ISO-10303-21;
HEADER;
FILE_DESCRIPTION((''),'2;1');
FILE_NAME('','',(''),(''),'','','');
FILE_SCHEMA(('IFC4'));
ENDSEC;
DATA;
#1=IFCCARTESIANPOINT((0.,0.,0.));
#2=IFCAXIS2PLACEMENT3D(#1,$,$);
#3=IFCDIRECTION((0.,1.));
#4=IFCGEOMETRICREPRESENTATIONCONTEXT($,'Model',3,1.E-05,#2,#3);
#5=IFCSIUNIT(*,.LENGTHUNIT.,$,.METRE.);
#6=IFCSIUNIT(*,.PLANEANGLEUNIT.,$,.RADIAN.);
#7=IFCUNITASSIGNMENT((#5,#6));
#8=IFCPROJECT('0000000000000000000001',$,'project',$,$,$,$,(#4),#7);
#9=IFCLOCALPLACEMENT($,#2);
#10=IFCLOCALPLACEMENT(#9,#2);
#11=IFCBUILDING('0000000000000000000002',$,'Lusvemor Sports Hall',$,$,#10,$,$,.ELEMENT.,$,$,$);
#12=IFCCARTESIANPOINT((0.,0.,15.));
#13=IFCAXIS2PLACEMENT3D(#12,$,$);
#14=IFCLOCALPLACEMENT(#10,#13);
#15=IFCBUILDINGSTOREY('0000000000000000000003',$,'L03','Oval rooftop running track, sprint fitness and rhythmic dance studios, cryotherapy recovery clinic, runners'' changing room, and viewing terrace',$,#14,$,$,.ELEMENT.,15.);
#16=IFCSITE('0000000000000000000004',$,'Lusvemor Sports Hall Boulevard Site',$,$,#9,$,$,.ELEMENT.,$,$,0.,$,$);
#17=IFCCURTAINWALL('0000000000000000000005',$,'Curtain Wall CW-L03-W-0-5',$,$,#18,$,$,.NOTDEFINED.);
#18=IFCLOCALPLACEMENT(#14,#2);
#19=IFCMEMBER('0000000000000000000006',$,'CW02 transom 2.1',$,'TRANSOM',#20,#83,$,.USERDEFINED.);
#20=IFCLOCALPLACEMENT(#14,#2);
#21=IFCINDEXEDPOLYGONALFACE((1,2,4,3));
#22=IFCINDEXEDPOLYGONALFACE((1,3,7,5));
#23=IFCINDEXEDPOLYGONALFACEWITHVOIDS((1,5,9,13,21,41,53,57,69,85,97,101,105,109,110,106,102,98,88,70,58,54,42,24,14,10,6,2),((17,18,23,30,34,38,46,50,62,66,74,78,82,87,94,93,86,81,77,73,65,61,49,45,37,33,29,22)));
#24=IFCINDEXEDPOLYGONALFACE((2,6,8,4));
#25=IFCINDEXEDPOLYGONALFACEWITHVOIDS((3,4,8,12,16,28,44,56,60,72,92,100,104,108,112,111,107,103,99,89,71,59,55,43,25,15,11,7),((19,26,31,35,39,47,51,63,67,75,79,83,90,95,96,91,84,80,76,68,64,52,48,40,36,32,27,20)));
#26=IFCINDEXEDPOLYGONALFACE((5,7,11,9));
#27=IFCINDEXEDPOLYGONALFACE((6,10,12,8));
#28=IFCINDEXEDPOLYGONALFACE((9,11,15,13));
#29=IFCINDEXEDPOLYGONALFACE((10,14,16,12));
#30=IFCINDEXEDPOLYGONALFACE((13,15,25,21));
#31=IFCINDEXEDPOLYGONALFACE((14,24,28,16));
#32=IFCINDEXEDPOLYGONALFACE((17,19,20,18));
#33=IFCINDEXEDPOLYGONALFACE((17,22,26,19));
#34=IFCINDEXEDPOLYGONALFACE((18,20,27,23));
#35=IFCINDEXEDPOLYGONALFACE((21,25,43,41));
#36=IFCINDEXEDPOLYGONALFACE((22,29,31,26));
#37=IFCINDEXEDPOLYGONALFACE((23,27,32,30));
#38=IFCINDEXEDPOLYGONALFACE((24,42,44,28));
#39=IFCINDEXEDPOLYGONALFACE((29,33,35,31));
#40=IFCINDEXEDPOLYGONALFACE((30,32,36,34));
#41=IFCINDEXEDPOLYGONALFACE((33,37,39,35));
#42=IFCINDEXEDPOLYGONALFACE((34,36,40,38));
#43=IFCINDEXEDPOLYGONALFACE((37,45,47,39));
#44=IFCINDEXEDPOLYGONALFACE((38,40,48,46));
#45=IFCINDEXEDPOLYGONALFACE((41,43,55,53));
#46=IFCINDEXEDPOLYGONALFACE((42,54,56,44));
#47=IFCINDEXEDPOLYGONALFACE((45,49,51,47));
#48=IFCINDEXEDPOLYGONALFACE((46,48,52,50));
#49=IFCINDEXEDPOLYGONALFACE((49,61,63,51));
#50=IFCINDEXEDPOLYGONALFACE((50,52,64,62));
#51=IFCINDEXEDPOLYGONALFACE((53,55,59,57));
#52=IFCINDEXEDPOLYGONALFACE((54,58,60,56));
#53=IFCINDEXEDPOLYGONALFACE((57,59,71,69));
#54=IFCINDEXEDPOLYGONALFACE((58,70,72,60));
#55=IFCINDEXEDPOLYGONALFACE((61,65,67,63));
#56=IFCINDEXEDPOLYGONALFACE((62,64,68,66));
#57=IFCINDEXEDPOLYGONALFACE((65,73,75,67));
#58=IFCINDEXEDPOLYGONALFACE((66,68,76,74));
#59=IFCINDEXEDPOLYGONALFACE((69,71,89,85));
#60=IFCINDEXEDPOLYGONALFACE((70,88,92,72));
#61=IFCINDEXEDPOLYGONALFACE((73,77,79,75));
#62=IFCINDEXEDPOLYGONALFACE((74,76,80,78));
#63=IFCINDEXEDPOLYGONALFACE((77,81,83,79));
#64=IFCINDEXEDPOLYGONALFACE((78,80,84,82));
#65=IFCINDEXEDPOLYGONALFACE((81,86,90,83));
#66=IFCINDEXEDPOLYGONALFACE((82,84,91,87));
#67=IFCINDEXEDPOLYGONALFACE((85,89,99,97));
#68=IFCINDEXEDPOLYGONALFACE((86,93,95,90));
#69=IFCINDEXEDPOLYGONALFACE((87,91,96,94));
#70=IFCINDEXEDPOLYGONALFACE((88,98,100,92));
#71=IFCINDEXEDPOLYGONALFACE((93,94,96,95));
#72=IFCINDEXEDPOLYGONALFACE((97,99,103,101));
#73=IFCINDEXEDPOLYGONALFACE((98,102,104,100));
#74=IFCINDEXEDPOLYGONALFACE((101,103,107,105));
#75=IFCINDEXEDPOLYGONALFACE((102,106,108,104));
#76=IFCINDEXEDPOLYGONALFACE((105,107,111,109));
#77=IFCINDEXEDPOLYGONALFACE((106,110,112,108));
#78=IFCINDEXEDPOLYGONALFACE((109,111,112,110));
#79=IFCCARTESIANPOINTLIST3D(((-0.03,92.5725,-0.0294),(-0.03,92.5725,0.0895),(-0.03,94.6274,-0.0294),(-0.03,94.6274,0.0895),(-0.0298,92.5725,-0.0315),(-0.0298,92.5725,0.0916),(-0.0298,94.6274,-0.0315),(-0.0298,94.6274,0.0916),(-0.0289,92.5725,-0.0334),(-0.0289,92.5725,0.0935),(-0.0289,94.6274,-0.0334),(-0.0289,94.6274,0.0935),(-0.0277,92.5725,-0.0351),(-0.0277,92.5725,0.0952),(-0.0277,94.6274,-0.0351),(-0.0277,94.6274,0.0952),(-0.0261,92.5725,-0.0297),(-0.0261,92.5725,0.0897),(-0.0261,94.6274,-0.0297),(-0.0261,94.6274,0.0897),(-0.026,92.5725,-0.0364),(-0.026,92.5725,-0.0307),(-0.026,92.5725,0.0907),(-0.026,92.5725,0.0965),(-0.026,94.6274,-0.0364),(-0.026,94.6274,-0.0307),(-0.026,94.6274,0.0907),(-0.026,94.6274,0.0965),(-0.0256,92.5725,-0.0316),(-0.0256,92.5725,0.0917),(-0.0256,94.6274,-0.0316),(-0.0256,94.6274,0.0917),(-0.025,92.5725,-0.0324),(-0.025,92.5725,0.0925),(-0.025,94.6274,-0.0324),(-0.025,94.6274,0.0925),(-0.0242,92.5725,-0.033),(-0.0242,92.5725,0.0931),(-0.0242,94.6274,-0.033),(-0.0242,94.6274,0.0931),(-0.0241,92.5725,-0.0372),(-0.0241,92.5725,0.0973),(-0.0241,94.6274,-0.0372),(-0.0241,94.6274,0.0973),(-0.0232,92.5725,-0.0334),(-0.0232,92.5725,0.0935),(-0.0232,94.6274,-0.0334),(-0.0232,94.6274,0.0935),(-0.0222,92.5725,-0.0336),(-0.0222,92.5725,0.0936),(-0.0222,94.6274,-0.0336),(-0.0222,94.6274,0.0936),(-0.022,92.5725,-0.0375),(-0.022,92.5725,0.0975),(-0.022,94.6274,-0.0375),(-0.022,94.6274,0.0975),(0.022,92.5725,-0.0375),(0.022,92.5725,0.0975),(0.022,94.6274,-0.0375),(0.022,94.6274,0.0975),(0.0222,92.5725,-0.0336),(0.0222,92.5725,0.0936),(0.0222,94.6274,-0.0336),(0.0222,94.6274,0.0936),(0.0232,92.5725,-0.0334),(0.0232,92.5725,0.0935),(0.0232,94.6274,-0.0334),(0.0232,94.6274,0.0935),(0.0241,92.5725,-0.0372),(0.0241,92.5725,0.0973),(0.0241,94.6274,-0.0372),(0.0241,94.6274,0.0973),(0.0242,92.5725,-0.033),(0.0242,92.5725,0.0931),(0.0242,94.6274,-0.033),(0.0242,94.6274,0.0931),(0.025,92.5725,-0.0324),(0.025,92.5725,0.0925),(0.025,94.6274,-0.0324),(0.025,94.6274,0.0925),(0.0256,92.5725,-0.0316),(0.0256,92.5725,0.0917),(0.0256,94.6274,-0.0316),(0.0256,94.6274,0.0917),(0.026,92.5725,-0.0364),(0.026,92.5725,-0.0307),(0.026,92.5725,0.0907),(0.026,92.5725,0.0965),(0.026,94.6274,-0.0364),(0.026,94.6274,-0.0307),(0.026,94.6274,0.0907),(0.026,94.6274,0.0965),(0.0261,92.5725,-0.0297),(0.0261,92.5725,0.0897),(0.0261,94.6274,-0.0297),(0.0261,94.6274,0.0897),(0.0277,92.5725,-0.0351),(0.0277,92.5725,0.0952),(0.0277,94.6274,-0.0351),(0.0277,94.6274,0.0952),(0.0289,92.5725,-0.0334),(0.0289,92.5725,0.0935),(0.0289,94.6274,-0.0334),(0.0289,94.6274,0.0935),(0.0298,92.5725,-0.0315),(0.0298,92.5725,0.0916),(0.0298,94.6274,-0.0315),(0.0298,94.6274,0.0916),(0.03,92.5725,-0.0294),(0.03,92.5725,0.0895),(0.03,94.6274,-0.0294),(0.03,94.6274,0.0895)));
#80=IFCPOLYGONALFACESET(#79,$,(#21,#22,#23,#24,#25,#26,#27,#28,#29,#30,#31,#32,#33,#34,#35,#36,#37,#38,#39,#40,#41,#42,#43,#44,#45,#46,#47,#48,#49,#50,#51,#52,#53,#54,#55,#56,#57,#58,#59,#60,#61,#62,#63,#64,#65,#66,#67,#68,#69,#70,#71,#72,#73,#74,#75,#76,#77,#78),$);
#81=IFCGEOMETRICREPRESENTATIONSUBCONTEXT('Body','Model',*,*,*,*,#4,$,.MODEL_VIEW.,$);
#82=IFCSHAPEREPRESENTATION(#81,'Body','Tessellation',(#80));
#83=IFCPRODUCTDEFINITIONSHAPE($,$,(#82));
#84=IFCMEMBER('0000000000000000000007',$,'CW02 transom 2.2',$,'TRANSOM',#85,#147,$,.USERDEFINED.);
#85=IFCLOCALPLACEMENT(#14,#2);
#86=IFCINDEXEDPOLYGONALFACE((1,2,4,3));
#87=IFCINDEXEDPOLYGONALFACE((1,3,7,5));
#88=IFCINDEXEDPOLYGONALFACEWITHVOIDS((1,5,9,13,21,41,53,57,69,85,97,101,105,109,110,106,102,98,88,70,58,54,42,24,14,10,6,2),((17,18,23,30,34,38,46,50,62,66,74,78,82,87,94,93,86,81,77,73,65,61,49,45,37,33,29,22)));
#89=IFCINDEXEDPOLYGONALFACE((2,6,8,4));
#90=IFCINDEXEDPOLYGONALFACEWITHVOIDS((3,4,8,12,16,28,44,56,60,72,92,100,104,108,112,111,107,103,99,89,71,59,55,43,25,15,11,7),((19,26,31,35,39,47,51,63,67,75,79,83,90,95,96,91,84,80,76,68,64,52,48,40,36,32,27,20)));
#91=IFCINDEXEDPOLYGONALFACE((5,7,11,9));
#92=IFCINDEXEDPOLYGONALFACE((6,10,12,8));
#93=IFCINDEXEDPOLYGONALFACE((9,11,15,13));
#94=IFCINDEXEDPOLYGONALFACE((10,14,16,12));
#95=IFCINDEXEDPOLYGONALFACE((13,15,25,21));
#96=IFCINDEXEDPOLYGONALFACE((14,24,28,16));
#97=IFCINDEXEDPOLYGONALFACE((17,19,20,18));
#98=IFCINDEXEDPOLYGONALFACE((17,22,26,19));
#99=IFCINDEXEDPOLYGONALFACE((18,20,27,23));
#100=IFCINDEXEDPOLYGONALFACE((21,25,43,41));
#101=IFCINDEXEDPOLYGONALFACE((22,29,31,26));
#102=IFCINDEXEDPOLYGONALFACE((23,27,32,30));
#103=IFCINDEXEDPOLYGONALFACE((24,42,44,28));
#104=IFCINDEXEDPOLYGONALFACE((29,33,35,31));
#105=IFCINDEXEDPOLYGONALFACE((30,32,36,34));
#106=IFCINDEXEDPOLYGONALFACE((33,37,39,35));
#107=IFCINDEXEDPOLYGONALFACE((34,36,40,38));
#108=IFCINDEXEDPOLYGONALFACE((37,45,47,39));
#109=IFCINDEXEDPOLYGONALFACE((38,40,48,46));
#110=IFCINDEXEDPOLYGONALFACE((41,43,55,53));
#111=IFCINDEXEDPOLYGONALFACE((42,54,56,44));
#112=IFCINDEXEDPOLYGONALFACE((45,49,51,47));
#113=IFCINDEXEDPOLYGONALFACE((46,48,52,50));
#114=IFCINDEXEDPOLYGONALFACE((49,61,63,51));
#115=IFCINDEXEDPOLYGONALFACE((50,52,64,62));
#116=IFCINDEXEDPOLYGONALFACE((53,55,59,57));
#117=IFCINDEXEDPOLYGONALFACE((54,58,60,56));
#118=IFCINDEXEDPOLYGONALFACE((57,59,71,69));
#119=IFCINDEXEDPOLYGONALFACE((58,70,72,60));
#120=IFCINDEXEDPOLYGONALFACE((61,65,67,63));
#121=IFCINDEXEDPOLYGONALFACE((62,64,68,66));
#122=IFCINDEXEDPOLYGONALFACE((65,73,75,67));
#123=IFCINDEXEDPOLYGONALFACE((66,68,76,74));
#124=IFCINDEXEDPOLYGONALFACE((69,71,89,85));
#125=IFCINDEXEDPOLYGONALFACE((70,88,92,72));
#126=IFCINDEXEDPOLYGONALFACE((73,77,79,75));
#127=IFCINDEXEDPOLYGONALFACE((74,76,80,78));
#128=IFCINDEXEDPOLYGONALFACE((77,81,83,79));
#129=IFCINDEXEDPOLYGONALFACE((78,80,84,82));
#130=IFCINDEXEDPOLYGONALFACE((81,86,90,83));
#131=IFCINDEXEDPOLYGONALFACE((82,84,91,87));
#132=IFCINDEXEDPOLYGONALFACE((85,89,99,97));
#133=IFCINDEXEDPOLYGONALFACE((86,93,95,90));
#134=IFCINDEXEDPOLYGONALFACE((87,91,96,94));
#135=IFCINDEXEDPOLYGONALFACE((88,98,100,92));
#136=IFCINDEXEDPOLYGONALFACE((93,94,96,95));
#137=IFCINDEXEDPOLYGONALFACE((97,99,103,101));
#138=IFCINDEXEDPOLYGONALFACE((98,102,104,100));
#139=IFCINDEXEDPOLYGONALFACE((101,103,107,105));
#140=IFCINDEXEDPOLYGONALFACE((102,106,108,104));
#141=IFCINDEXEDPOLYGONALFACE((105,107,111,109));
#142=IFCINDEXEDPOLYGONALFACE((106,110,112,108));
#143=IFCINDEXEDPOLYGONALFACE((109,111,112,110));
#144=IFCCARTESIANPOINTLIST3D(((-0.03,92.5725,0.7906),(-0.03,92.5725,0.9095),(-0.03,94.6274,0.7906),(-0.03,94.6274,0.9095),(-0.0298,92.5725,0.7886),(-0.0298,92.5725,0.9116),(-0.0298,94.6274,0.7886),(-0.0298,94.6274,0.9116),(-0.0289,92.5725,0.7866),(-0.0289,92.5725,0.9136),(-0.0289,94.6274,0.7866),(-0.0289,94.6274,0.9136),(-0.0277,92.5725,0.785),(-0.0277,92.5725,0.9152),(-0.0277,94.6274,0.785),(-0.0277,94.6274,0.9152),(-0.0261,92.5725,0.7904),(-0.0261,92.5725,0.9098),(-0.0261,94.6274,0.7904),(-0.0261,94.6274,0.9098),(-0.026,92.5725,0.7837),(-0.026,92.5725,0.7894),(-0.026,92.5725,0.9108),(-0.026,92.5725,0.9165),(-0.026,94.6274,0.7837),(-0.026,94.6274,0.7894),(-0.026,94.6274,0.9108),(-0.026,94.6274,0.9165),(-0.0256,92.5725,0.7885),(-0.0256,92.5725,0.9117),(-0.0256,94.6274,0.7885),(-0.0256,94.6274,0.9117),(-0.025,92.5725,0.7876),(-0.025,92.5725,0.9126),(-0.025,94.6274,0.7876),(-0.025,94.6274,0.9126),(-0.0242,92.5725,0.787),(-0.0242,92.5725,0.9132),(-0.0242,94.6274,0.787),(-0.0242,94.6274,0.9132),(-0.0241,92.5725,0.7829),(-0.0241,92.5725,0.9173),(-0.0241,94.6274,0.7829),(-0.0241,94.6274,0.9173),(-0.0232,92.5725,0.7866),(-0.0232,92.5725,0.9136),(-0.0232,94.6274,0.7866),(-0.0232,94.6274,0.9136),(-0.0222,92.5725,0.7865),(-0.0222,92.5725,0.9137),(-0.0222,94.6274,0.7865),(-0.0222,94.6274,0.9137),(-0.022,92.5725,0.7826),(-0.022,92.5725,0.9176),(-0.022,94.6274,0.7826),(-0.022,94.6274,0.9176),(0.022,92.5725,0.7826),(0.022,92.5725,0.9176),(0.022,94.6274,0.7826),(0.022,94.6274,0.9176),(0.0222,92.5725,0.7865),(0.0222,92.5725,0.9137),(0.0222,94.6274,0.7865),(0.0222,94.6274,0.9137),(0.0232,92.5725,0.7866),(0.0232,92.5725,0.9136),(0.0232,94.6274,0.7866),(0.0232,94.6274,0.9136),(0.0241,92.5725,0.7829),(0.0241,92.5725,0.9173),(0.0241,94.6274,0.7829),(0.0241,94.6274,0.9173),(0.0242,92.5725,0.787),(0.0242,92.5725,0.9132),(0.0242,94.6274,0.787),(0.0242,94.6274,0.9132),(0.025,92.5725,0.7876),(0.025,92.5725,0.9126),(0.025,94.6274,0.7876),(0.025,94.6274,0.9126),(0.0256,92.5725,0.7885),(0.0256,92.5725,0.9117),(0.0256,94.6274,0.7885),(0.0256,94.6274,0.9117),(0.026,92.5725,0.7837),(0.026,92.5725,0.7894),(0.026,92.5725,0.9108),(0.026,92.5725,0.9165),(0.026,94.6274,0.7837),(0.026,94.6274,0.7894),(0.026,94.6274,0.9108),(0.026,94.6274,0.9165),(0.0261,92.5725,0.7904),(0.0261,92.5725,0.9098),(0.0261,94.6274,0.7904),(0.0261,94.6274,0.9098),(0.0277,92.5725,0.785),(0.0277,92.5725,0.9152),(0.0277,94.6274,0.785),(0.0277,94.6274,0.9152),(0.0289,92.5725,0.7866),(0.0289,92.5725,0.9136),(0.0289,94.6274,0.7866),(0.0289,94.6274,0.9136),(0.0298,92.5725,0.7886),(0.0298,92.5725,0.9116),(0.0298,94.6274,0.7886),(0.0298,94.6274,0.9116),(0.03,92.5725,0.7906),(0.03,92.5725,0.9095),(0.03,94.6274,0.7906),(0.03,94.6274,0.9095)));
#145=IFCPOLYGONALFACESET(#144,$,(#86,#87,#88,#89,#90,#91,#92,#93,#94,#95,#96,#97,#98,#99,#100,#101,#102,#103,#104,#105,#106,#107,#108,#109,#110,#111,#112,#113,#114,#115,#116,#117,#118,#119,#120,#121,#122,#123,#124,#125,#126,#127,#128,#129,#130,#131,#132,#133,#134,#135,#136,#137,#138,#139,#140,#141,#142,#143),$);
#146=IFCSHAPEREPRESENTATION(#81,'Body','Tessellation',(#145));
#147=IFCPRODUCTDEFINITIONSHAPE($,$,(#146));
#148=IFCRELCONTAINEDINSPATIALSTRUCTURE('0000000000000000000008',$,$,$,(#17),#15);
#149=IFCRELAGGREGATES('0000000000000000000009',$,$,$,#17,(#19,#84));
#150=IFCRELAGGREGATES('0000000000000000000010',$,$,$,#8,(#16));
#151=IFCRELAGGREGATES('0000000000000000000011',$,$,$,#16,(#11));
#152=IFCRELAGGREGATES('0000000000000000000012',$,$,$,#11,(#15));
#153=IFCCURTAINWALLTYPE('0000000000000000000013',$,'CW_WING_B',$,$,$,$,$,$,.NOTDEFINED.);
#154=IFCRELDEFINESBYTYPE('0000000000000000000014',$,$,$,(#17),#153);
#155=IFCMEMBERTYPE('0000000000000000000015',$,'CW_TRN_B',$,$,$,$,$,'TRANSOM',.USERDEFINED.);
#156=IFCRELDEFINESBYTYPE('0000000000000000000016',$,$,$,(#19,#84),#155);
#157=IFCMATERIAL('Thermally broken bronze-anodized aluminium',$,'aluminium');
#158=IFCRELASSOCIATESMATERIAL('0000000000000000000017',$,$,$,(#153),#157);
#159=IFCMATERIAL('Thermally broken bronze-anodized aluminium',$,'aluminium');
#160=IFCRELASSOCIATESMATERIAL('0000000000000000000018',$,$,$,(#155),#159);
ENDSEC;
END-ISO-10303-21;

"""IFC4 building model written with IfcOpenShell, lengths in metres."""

from ifc_helpers import new_model, si_unit, direction, frame, origin, origin_2d, place, context, subcontext, project, spatial, hollow_rectangle, extrude, material, material_profile, profile_set, type_object, element, aggregate, save


model = new_model("IFC4")

# Units and contexts
model_context = context("Model", 3, precision=1e-05, world=origin(), true_north=direction((0.0, 1.0)))
body_context = subcontext(model_context, "Body", "Model", "MODEL_VIEW")
ifc_project = project(units=[si_unit("LENGTHUNIT", "METRE"), si_unit("PLANEANGLEUNIT", "RADIAN")], contexts=[model_context])

# Site, building, storey
site_placement = place(None, origin())
site = spatial("IfcSite", under=ifc_project, at=site_placement, Name="Lusvemor Sports Hall Boulevard Site", CompositionType="ELEMENT", RefElevation=0.0)
building_placement = place(site_placement, origin())
building = spatial("IfcBuilding", under=site, at=building_placement, Name="Lusvemor Sports Hall", CompositionType="ELEMENT")
storey_placement = place(building_placement, frame((0.0, 0.0, 15.0)))
storey = spatial("IfcBuildingStorey", under=building, at=storey_placement, Name="L03", Description="Oval rooftop running track, sprint fitness and rhythmic dance studios, cryotherapy recovery clinic, runners' changing room, and viewing terrace", CompositionType="ELEMENT", Elevation=15.0)

# Curtain wall, members
ifc_material_1 = material(Name="Thermally broken bronze-anodized aluminium", Category="aluminium")
curtain_wall_type = type_object("IfcCurtainWallType", Name="CW_WING_B", PredefinedType="NOTDEFINED", material=ifc_material_1)
curtain_wall_placement = place(storey_placement, origin())
curtain_wall = element("IfcCurtainWall", 1, at=curtain_wall_placement, inside=storey, type_object=curtain_wall_type, Name="Curtain Wall CW-L03-W-0-5", PredefinedType="NOTDEFINED")
ifc_material_2 = material(Name="Thermally broken bronze-anodized aluminium", Category="aluminium")
ifc_material_profile_1 = material_profile(ifc_material_2, hollow_rectangle(XDim=0.0601, YDim=0.135, WallThickness=0.0039, InnerFilletRadius=0.0039, OuterFilletRadius=0.0081, at=origin_2d()), Name="CWTRN135x60x4")
ifc_profile_set_1 = profile_set([ifc_material_profile_1], Name="Thermally broken bronze-anodized aluminium")
member_type_1 = type_object("IfcMemberType", Name="CW_TRN_B", ElementType="TRANSOM", PredefinedType="USERDEFINED", material=ifc_profile_set_1)
member_1_placement = place(storey_placement, frame((0.0, 92.5725, 0.03), z_axis=(0.0, 1.0, 0.0), x_axis=(-1.0, 0.0, 0.0)))
member_1 = element("IfcMember", 2, at=member_1_placement, type_object=member_type_1, Name="CW02 transom 2.1", ObjectType="TRANSOM", PredefinedType="USERDEFINED", context=body_context, shape_type="SweptSolid", body=[
    extrude(hollow_rectangle(XDim=0.0601, YDim=0.135, WallThickness=0.0039, InnerFilletRadius=0.0039, OuterFilletRadius=0.0081, at=origin_2d()), origin(), (0.0, 0.0, 1.0), 2.0549),
])
member_2_placement = place(storey_placement, frame((0.0, 92.5725, 0.8501), z_axis=(0.0, 1.0, 0.0), x_axis=(-1.0, 0.0, 0.0)))
member_2 = element("IfcMember", 3, at=member_2_placement, type_object=member_type_1, Name="CW02 transom 2.2", ObjectType="TRANSOM", PredefinedType="USERDEFINED", context=body_context, shape_type="SweptSolid", body=[
    extrude(hollow_rectangle(XDim=0.0601, YDim=0.135, WallThickness=0.0039, InnerFilletRadius=0.0039, OuterFilletRadius=0.0081, at=origin_2d()), origin(), (0.0, 0.0, 1.0), 2.0549),
])

aggregate(curtain_wall, [member_1, member_2])

save(model, "model.ifc")
